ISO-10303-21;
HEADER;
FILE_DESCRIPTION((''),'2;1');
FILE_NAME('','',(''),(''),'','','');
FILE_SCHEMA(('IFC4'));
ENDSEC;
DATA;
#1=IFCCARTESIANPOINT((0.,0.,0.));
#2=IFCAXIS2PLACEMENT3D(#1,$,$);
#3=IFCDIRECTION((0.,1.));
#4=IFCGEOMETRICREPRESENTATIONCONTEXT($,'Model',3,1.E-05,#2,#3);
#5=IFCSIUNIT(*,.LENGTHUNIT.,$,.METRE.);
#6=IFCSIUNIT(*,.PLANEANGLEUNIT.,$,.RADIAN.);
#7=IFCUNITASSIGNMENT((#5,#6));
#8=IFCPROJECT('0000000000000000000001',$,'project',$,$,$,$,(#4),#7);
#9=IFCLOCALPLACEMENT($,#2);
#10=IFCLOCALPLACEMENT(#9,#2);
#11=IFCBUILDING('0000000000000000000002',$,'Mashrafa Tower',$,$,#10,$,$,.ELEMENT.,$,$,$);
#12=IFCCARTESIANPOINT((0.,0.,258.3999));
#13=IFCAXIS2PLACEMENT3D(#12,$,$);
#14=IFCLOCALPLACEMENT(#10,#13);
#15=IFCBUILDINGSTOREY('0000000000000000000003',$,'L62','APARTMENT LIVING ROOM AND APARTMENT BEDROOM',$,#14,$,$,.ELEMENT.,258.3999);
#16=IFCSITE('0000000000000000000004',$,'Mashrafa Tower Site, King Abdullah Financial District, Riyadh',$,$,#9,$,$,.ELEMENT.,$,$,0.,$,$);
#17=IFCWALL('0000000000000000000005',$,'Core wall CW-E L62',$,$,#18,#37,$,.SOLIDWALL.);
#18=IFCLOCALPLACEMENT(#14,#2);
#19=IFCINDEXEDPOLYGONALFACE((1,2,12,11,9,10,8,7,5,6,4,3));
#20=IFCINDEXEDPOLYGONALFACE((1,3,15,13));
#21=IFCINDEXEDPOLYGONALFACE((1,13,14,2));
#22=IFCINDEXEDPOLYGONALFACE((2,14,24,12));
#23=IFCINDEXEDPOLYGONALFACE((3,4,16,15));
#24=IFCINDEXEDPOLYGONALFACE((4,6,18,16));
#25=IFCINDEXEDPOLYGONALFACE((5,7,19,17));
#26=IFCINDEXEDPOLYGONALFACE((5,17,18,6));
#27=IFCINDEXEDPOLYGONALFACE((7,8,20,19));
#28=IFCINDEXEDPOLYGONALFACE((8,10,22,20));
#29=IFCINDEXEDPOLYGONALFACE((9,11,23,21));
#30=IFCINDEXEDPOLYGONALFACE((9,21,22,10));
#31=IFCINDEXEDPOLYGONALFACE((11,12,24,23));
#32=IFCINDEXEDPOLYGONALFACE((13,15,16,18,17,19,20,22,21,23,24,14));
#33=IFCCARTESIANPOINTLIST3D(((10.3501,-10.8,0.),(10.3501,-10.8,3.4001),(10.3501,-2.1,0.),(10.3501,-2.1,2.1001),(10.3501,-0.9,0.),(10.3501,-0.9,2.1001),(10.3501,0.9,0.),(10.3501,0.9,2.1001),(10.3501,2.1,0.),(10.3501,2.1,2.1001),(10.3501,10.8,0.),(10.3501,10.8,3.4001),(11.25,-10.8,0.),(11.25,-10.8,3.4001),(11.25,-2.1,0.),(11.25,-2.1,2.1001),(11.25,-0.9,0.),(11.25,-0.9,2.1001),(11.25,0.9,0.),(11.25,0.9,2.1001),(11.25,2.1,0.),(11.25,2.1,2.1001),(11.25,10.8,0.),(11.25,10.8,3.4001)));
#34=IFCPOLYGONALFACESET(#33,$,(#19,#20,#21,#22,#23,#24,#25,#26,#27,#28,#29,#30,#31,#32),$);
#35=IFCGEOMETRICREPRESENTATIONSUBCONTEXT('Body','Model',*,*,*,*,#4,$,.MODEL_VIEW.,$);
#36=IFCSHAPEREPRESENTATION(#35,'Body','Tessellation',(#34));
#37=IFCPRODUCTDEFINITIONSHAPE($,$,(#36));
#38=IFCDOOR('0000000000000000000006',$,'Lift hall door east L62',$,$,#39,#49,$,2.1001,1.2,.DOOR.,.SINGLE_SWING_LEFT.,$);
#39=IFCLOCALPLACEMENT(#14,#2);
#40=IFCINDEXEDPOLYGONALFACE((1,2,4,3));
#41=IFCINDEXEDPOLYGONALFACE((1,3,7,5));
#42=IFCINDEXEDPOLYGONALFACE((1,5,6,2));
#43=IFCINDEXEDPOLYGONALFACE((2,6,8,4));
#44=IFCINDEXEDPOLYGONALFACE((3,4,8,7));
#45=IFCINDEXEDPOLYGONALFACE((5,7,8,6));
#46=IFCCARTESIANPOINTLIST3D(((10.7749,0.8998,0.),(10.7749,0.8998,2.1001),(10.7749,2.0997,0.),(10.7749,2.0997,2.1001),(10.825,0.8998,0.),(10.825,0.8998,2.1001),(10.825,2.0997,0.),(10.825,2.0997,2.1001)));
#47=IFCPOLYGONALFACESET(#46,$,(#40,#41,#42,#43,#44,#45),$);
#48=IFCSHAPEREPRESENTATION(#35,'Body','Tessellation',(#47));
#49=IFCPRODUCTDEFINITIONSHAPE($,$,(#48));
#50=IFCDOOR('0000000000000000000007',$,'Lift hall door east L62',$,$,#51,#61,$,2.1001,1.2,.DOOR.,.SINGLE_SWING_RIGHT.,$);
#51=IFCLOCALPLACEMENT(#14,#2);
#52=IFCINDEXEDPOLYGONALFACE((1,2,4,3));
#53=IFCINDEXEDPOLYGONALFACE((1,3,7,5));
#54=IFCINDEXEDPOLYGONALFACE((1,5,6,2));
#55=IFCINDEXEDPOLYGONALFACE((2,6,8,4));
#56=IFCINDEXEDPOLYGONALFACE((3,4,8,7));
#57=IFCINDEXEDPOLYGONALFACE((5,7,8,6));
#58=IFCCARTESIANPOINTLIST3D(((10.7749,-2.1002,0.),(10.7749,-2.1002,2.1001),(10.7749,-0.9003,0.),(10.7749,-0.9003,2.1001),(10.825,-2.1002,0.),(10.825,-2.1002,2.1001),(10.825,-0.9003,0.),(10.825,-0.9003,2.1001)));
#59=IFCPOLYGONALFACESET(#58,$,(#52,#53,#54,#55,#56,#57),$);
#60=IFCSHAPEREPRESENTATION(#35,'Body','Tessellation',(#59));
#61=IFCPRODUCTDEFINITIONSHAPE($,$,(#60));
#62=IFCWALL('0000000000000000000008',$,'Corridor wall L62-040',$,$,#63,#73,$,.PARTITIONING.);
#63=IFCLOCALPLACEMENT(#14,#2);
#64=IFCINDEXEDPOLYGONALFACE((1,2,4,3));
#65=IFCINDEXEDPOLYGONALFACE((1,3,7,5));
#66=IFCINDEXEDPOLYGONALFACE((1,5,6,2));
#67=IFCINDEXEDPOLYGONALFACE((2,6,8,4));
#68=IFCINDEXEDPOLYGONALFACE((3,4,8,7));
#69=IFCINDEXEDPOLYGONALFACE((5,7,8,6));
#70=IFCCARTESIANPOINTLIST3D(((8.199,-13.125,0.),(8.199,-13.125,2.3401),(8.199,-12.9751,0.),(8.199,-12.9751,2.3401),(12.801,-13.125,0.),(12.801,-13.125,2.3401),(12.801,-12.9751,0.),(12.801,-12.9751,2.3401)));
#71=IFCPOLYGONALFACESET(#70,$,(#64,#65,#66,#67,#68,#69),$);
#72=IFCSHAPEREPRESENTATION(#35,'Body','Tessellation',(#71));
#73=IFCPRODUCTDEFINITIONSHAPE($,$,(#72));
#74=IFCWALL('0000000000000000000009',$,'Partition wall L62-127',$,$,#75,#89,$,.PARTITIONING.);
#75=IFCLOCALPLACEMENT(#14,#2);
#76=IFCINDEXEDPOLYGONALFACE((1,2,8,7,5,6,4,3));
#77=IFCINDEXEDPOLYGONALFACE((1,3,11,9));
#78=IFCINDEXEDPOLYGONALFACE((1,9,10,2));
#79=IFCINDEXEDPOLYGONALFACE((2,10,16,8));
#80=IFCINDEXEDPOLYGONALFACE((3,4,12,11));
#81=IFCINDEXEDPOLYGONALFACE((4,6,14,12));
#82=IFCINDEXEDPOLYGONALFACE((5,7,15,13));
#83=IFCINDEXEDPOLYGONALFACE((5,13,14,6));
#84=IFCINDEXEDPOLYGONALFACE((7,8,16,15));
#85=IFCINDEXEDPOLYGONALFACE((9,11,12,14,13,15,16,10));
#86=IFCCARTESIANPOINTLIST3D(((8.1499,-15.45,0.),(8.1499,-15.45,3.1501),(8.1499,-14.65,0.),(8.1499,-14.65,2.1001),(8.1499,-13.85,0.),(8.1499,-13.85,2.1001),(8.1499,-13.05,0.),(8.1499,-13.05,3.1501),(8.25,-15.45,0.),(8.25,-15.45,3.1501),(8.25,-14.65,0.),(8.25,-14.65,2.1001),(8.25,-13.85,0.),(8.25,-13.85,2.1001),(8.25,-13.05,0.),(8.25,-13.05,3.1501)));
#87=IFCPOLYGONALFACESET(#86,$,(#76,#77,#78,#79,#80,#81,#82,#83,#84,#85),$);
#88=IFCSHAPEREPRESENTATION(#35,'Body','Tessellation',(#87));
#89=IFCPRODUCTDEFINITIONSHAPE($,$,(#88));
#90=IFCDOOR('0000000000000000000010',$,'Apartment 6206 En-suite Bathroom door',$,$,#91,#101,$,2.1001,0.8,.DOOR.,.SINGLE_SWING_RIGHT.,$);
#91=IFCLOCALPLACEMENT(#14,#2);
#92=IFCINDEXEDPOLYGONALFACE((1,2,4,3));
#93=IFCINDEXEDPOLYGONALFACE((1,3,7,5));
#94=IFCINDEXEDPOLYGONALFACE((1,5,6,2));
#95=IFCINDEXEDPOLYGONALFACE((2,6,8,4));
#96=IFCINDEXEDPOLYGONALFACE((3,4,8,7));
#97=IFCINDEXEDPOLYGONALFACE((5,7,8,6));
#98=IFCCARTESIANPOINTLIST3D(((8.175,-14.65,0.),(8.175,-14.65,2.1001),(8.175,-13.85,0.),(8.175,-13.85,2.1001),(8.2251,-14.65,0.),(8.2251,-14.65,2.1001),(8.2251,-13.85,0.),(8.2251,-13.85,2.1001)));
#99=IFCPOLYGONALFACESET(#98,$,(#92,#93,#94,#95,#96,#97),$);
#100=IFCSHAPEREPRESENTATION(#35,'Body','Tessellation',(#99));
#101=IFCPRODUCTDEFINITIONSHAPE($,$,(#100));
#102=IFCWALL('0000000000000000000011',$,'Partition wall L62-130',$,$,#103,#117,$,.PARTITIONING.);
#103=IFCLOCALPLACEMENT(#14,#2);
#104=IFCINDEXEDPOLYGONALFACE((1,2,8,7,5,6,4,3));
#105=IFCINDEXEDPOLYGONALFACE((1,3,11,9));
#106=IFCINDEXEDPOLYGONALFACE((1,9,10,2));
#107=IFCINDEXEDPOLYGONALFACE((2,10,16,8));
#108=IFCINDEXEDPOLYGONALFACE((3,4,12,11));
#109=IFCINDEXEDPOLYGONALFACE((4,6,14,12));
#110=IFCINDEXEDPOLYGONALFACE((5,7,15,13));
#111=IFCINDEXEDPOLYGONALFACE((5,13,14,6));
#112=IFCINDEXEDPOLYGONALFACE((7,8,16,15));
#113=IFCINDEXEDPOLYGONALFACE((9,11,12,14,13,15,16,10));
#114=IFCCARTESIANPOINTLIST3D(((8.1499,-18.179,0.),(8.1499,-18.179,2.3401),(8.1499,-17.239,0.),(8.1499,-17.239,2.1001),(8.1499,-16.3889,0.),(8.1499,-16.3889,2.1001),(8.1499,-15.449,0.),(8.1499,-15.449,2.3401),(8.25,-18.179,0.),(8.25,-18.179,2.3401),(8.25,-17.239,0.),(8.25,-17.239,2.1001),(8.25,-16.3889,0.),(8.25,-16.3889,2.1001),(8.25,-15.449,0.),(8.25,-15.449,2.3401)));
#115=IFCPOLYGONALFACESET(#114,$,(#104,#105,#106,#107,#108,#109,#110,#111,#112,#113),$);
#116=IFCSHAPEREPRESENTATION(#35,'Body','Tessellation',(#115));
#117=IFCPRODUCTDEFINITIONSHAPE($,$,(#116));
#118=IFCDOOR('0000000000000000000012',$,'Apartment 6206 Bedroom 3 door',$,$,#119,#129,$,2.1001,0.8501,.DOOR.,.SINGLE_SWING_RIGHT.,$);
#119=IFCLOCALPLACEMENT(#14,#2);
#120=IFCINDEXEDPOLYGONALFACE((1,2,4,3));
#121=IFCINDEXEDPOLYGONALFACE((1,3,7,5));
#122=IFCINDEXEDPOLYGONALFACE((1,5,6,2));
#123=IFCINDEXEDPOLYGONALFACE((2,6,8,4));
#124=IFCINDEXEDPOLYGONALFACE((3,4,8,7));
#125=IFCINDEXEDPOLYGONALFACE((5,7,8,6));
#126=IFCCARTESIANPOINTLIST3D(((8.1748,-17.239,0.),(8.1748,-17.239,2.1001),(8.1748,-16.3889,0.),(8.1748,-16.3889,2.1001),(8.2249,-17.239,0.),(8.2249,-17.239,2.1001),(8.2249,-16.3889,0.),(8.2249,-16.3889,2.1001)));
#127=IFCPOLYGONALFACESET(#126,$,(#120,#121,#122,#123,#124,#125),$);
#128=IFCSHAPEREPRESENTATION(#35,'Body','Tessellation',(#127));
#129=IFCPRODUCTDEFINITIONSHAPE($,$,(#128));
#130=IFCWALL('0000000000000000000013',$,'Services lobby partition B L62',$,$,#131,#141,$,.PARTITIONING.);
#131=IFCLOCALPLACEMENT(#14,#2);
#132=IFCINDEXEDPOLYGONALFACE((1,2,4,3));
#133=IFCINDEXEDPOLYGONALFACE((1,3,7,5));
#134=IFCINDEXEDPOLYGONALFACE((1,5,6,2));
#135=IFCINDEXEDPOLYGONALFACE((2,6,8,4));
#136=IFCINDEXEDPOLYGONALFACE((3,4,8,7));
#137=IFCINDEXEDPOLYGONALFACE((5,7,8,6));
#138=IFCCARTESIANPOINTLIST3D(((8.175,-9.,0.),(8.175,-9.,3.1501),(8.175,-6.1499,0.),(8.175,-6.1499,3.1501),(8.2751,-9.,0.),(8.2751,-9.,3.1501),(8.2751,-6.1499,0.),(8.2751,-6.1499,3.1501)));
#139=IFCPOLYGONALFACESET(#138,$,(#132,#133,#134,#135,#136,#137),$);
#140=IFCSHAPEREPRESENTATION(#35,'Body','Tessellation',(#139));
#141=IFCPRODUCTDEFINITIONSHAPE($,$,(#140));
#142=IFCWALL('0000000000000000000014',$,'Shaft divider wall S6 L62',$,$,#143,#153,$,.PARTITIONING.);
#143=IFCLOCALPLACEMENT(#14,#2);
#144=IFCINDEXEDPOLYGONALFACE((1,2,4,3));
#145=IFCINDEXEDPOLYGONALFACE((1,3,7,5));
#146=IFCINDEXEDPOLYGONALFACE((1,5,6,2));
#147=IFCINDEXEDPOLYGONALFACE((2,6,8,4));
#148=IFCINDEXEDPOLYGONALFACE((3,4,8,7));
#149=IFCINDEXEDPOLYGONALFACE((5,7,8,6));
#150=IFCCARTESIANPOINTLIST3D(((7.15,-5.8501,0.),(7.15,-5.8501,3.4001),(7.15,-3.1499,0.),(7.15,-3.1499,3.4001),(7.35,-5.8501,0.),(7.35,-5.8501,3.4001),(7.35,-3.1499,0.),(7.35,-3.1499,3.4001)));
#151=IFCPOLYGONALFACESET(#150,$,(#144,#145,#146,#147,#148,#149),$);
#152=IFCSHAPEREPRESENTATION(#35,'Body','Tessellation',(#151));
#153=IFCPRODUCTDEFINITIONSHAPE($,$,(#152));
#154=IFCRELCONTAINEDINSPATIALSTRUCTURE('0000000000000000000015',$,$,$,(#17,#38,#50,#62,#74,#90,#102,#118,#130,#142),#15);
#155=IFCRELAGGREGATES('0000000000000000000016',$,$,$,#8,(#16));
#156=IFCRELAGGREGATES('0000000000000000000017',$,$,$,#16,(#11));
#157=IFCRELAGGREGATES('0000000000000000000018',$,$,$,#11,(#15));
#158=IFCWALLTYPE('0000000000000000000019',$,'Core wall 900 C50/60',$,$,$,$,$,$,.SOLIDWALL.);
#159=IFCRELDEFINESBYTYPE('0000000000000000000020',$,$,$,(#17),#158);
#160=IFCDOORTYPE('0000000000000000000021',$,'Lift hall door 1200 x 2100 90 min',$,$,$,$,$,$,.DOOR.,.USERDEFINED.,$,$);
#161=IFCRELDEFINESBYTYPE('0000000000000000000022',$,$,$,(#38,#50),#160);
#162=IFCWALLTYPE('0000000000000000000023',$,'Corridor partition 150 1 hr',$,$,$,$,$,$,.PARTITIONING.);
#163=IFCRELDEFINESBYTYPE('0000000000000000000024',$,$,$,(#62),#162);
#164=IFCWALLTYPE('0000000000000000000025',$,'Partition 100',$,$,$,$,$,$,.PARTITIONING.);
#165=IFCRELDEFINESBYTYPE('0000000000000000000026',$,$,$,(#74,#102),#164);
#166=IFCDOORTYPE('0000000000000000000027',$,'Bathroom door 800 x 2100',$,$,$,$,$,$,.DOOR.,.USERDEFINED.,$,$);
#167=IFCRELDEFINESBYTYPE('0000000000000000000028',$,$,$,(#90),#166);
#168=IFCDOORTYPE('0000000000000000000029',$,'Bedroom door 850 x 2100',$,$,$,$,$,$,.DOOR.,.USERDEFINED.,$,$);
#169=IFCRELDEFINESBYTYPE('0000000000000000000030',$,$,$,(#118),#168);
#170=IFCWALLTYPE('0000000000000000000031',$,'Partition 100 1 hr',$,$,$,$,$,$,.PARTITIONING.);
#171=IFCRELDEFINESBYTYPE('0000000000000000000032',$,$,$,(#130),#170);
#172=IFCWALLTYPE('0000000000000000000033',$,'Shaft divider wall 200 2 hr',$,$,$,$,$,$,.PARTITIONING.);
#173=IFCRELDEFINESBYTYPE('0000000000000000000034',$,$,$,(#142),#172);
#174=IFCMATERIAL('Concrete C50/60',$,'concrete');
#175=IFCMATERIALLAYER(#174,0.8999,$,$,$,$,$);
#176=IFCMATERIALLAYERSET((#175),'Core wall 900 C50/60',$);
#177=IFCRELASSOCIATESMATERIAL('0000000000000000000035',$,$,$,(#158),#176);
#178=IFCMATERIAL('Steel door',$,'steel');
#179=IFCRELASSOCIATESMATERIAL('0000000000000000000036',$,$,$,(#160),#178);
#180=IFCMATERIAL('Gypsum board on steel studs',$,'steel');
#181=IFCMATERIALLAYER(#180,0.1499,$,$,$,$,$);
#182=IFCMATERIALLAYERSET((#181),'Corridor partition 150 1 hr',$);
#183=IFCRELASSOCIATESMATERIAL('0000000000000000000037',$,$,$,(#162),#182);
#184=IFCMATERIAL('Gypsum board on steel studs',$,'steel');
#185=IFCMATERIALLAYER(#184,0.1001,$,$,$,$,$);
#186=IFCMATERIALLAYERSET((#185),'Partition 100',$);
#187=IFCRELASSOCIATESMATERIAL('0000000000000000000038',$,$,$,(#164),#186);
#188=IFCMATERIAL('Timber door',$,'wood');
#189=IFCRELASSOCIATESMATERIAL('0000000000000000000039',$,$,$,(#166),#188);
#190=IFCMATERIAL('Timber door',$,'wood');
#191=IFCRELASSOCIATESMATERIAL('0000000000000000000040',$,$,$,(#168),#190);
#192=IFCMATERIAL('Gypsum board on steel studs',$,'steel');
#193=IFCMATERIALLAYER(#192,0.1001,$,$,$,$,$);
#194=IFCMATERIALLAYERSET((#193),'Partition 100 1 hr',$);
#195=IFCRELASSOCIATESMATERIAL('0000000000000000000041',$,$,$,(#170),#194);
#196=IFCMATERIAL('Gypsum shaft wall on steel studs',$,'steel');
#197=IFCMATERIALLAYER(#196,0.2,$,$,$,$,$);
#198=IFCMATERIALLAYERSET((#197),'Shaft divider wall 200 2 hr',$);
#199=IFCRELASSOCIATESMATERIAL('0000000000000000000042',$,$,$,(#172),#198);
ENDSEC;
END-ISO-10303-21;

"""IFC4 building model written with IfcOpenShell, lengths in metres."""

from ifc_helpers import new_model, si_unit, direction, frame, frame_2d, origin, place, context, subcontext, project, spatial, rectangle, extrude, material, layer, layer_set, type_object, element, fill, save


model = new_model("IFC4")

# Units and contexts
model_context = context("Model", 3, precision=1e-05, world=origin(), true_north=direction((0.0, 1.0)))
body_context = subcontext(model_context, "Body", "Model", "MODEL_VIEW")
ifc_project = project(units=[si_unit("LENGTHUNIT", "METRE"), si_unit("PLANEANGLEUNIT", "RADIAN")], contexts=[model_context])

# Site, building, storey
site_placement = place(None, origin())
site = spatial("IfcSite", under=ifc_project, at=site_placement, Name="Mashrafa Tower Site, King Abdullah Financial District, Riyadh", CompositionType="ELEMENT", RefElevation=0.0)
building_placement = place(site_placement, origin())
building = spatial("IfcBuilding", under=site, at=building_placement, Name="Mashrafa Tower", CompositionType="ELEMENT")
storey_placement = place(building_placement, frame((0.0, 0.0, 258.3999)))
storey = spatial("IfcBuildingStorey", under=building, at=storey_placement, Name="L62", Description="APARTMENT LIVING ROOM AND APARTMENT BEDROOM", CompositionType="ELEMENT", Elevation=258.3999)

# Wall, openings, doors
ifc_material_1 = material(Name="Concrete C50/60", Category="concrete")
ifc_layer_1 = layer(ifc_material_1, 0.8999)
ifc_layer_set_1 = layer_set([ifc_layer_1], Name="Core wall 900 C50/60")
wall_type_1 = type_object("IfcWallType", Name="Core wall 900 C50/60", PredefinedType="SOLIDWALL", material=ifc_layer_set_1)
wall_1_placement = place(storey_placement, frame((10.8, -10.8, 0.0), z_axis=(0.0, 0.0, 1.0), x_axis=(0.0, 1.0, 0.0)))
wall_1 = element("IfcWall", 1, at=wall_1_placement, inside=storey, type_object=wall_type_1, Name="Core wall CW-E L62", PredefinedType="SOLIDWALL", context=body_context, shape_type="SweptSolid", body=[
    extrude(rectangle(XDim=21.6001, YDim=0.8999, at=frame_2d((10.8, 0.0))), origin(), (0.0, 0.0, 1.0), 3.4001),
])
opening_1_placement = place(wall_1_placement, frame((11.7, 0.0, 0.0)))
opening_1 = element("IfcOpeningElement", 2, at=opening_1_placement, cuts=wall_1, PredefinedType="OPENING", context=body_context, shape_type="SweptSolid", body=[
    extrude(rectangle(XDim=1.2, YDim=2.1001, at=frame_2d((0.6001, 1.05))), frame((0.0, 0.46, 0.0), z_axis=(0.0, -1.0, 0.0), x_axis=(1.0, 0.0, 0.0)), (0.0, 0.0, 1.0), 0.9199),
])
opening_2_placement = place(wall_1_placement, frame((8.7, 0.0, 0.0)))
opening_2 = element("IfcOpeningElement", 3, at=opening_2_placement, cuts=wall_1, PredefinedType="OPENING", context=body_context, shape_type="SweptSolid", body=[
    extrude(rectangle(XDim=1.2, YDim=2.1001, at=frame_2d((0.6001, 1.05))), frame((0.0, 0.46, 0.0), z_axis=(0.0, -1.0, 0.0), x_axis=(1.0, 0.0, 0.0)), (0.0, 0.0, 1.0), 0.9199),
])
ifc_material_2 = material(Name="Steel door", Category="steel")
door_type_1 = type_object("IfcDoorType", Name="Lift hall door 1200 x 2100 90 min", OperationType="USERDEFINED", PredefinedType="DOOR", material=ifc_material_2)
door_1_placement = place(opening_1_placement, frame((1.2, 0.0, 0.0), z_axis=(0.0, 0.0, 1.0), x_axis=(-1.0, 0.0, 0.0)))
door_1 = element("IfcDoor", 4, at=door_1_placement, inside=storey, type_object=door_type_1, Name="Lift hall door east L62", OperationType="SINGLE_SWING_LEFT", OverallHeight=2.1001, OverallWidth=1.2, PredefinedType="DOOR", context=body_context, shape_type="SweptSolid", body=[
    extrude(rectangle(XDim=1.2, YDim=2.1001, at=frame_2d((0.6001, 1.05))), frame((0.0, 0.0249, 0.0), z_axis=(0.0, -1.0, 0.0), x_axis=(1.0, 0.0, 0.0)), (0.0, 0.0, 1.0), 0.05),
])
fill(opening_1, door_1)
door_2_placement = place(opening_2_placement, frame((1.2, 0.0, 0.0), z_axis=(0.0, 0.0, 1.0), x_axis=(-1.0, 0.0, 0.0)))
door_2 = element("IfcDoor", 5, at=door_2_placement, inside=storey, type_object=door_type_1, Name="Lift hall door east L62", OperationType="SINGLE_SWING_RIGHT", OverallHeight=2.1001, OverallWidth=1.2, PredefinedType="DOOR", context=body_context, shape_type="SweptSolid", body=[
    extrude(rectangle(XDim=1.2, YDim=2.1001, at=frame_2d((0.6001, 1.05))), frame((0.0, 0.0249, 0.0), z_axis=(0.0, -1.0, 0.0), x_axis=(1.0, 0.0, 0.0)), (0.0, 0.0, 1.0), 0.05),
])
fill(opening_2, door_2)

# Wall
ifc_material_3 = material(Name="Gypsum board on steel studs", Category="steel")
ifc_layer_2 = layer(ifc_material_3, 0.1499)
ifc_layer_set_2 = layer_set([ifc_layer_2], Name="Corridor partition 150 1 hr")
wall_type_2 = type_object("IfcWallType", Name="Corridor partition 150 1 hr", PredefinedType="PARTITIONING", material=ifc_layer_set_2)
wall_2_placement = place(storey_placement, frame((8.199, -13.05, 0.0), z_axis=(0.0, 0.0, 1.0), x_axis=(1.0, 0.0, 0.0)))
element("IfcWall", 6, at=wall_2_placement, inside=storey, type_object=wall_type_2, Name="Corridor wall L62-040", PredefinedType="PARTITIONING", context=body_context, shape_type="SweptSolid", body=[
    extrude(rectangle(XDim=4.6021, YDim=0.1499, at=frame_2d((2.301, 0.0))), origin(), (0.0, 0.0, 1.0), 2.3401),
])

# Walls, openings, doors
ifc_material_4 = material(Name="Gypsum board on steel studs", Category="steel")
ifc_layer_3 = layer(ifc_material_4, 0.1001)
ifc_layer_set_3 = layer_set([ifc_layer_3], Name="Partition 100")
wall_type_3 = type_object("IfcWallType", Name="Partition 100", PredefinedType="PARTITIONING", material=ifc_layer_set_3)
wall_3_placement = place(storey_placement, frame((8.2, -15.45, 0.0), z_axis=(0.0, 0.0, 1.0), x_axis=(0.0, 1.0, 0.0)))
wall_3 = element("IfcWall", 7, at=wall_3_placement, inside=storey, type_object=wall_type_3, Name="Partition wall L62-127", PredefinedType="PARTITIONING", context=body_context, shape_type="SweptSolid", body=[
    extrude(rectangle(XDim=2.3999, YDim=0.1001, at=frame_2d((1.2, 0.0))), origin(), (0.0, 0.0, 1.0), 3.1501),
])
opening_3_placement = place(wall_3_placement, frame((0.8, 0.0, 0.0)))
opening_3 = element("IfcOpeningElement", 8, at=opening_3_placement, cuts=wall_3, PredefinedType="OPENING", context=body_context, shape_type="SweptSolid", body=[
    extrude(rectangle(XDim=0.8, YDim=2.1001, at=frame_2d((0.3999, 1.05))), frame((0.0, 0.0601, 0.0), z_axis=(0.0, -1.0, 0.0), x_axis=(1.0, 0.0, 0.0)), (0.0, 0.0, 1.0), 0.1201),
])
ifc_material_5 = material(Name="Timber door", Category="wood")
door_type_2 = type_object("IfcDoorType", Name="Bathroom door 800 x 2100", OperationType="USERDEFINED", PredefinedType="DOOR", material=ifc_material_5)
door_3_placement = place(opening_3_placement, origin())
door_3 = element("IfcDoor", 9, at=door_3_placement, inside=storey, type_object=door_type_2, Name="Apartment 6206 En-suite Bathroom door", OperationType="SINGLE_SWING_RIGHT", OverallHeight=2.1001, OverallWidth=0.8, PredefinedType="DOOR", context=body_context, shape_type="SweptSolid", body=[
    extrude(rectangle(XDim=0.8, YDim=2.1001, at=frame_2d((0.3999, 1.05))), frame((0.0, 0.0249, 0.0), z_axis=(0.0, -1.0, 0.0), x_axis=(1.0, 0.0, 0.0)), (0.0, 0.0, 1.0), 0.05),
])
fill(opening_3, door_3)
wall_4_placement = place(storey_placement, frame((8.2, -15.449, 0.0), z_axis=(0.0, 0.0, 1.0), x_axis=(0.0, -1.0, 0.0)))
wall_4 = element("IfcWall", 10, at=wall_4_placement, inside=storey, type_object=wall_type_3, Name="Partition wall L62-130", PredefinedType="PARTITIONING", context=body_context, shape_type="SweptSolid", body=[
    extrude(rectangle(XDim=2.73, YDim=0.1001, at=frame_2d((1.365, 0.0))), origin(), (0.0, 0.0, 1.0), 2.3401),
])
opening_4_placement = place(wall_4_placement, frame((0.9399, 0.0, 0.0)))
opening_4 = element("IfcOpeningElement", 11, at=opening_4_placement, cuts=wall_4, PredefinedType="OPENING", context=body_context, shape_type="SweptSolid", body=[
    extrude(rectangle(XDim=0.8501, YDim=2.1001, at=frame_2d((0.425, 1.05))), frame((0.0, 0.0601, 0.0), z_axis=(0.0, -1.0, 0.0), x_axis=(1.0, 0.0, 0.0)), (0.0, 0.0, 1.0), 0.1201),
])
ifc_material_6 = material(Name="Timber door", Category="wood")
door_type_3 = type_object("IfcDoorType", Name="Bedroom door 850 x 2100", OperationType="USERDEFINED", PredefinedType="DOOR", material=ifc_material_6)
door_4_placement = place(opening_4_placement, origin())
door_4 = element("IfcDoor", 12, at=door_4_placement, inside=storey, type_object=door_type_3, Name="Apartment 6206 Bedroom 3 door", OperationType="SINGLE_SWING_RIGHT", OverallHeight=2.1001, OverallWidth=0.8501, PredefinedType="DOOR", context=body_context, shape_type="SweptSolid", body=[
    extrude(rectangle(XDim=0.8501, YDim=2.1001, at=frame_2d((0.425, 1.05))), frame((0.0, 0.0249, 0.0), z_axis=(0.0, -1.0, 0.0), x_axis=(1.0, 0.0, 0.0)), (0.0, 0.0, 1.0), 0.05),
])
fill(opening_4, door_4)

# Walls
ifc_material_7 = material(Name="Gypsum board on steel studs", Category="steel")
ifc_layer_4 = layer(ifc_material_7, 0.1001)
ifc_layer_set_4 = layer_set([ifc_layer_4], Name="Partition 100 1 hr")
wall_type_4 = type_object("IfcWallType", Name="Partition 100 1 hr", PredefinedType="PARTITIONING", material=ifc_layer_set_4)
wall_5_placement = place(storey_placement, frame((8.2251, -9.0, 0.0), z_axis=(0.0, 0.0, 1.0), x_axis=(0.0, 1.0, 0.0)))
element("IfcWall", 13, at=wall_5_placement, inside=storey, type_object=wall_type_4, Name="Services lobby partition B L62", PredefinedType="PARTITIONING", context=body_context, shape_type="SweptSolid", body=[
    extrude(rectangle(XDim=2.8501, YDim=0.1001, at=frame_2d((1.425, 0.0))), origin(), (0.0, 0.0, 1.0), 3.1501),
])
ifc_material_8 = material(Name="Gypsum shaft wall on steel studs", Category="steel")
ifc_layer_5 = layer(ifc_material_8, 0.2)
ifc_layer_set_5 = layer_set([ifc_layer_5], Name="Shaft divider wall 200 2 hr")
wall_type_5 = type_object("IfcWallType", Name="Shaft divider wall 200 2 hr", PredefinedType="PARTITIONING", material=ifc_layer_set_5)
wall_6_placement = place(storey_placement, frame((7.25, -5.8501, 0.0), z_axis=(0.0, 0.0, 1.0), x_axis=(0.0, 1.0, 0.0)))
element("IfcWall", 14, at=wall_6_placement, inside=storey, type_object=wall_type_5, Name="Shaft divider wall S6 L62", PredefinedType="PARTITIONING", context=body_context, shape_type="SweptSolid", body=[
    extrude(rectangle(XDim=2.7002, YDim=0.2, at=frame_2d((1.3501, 0.0))), origin(), (0.0, 0.0, 1.0), 3.4001),
])

save(model, "model.ifc")
